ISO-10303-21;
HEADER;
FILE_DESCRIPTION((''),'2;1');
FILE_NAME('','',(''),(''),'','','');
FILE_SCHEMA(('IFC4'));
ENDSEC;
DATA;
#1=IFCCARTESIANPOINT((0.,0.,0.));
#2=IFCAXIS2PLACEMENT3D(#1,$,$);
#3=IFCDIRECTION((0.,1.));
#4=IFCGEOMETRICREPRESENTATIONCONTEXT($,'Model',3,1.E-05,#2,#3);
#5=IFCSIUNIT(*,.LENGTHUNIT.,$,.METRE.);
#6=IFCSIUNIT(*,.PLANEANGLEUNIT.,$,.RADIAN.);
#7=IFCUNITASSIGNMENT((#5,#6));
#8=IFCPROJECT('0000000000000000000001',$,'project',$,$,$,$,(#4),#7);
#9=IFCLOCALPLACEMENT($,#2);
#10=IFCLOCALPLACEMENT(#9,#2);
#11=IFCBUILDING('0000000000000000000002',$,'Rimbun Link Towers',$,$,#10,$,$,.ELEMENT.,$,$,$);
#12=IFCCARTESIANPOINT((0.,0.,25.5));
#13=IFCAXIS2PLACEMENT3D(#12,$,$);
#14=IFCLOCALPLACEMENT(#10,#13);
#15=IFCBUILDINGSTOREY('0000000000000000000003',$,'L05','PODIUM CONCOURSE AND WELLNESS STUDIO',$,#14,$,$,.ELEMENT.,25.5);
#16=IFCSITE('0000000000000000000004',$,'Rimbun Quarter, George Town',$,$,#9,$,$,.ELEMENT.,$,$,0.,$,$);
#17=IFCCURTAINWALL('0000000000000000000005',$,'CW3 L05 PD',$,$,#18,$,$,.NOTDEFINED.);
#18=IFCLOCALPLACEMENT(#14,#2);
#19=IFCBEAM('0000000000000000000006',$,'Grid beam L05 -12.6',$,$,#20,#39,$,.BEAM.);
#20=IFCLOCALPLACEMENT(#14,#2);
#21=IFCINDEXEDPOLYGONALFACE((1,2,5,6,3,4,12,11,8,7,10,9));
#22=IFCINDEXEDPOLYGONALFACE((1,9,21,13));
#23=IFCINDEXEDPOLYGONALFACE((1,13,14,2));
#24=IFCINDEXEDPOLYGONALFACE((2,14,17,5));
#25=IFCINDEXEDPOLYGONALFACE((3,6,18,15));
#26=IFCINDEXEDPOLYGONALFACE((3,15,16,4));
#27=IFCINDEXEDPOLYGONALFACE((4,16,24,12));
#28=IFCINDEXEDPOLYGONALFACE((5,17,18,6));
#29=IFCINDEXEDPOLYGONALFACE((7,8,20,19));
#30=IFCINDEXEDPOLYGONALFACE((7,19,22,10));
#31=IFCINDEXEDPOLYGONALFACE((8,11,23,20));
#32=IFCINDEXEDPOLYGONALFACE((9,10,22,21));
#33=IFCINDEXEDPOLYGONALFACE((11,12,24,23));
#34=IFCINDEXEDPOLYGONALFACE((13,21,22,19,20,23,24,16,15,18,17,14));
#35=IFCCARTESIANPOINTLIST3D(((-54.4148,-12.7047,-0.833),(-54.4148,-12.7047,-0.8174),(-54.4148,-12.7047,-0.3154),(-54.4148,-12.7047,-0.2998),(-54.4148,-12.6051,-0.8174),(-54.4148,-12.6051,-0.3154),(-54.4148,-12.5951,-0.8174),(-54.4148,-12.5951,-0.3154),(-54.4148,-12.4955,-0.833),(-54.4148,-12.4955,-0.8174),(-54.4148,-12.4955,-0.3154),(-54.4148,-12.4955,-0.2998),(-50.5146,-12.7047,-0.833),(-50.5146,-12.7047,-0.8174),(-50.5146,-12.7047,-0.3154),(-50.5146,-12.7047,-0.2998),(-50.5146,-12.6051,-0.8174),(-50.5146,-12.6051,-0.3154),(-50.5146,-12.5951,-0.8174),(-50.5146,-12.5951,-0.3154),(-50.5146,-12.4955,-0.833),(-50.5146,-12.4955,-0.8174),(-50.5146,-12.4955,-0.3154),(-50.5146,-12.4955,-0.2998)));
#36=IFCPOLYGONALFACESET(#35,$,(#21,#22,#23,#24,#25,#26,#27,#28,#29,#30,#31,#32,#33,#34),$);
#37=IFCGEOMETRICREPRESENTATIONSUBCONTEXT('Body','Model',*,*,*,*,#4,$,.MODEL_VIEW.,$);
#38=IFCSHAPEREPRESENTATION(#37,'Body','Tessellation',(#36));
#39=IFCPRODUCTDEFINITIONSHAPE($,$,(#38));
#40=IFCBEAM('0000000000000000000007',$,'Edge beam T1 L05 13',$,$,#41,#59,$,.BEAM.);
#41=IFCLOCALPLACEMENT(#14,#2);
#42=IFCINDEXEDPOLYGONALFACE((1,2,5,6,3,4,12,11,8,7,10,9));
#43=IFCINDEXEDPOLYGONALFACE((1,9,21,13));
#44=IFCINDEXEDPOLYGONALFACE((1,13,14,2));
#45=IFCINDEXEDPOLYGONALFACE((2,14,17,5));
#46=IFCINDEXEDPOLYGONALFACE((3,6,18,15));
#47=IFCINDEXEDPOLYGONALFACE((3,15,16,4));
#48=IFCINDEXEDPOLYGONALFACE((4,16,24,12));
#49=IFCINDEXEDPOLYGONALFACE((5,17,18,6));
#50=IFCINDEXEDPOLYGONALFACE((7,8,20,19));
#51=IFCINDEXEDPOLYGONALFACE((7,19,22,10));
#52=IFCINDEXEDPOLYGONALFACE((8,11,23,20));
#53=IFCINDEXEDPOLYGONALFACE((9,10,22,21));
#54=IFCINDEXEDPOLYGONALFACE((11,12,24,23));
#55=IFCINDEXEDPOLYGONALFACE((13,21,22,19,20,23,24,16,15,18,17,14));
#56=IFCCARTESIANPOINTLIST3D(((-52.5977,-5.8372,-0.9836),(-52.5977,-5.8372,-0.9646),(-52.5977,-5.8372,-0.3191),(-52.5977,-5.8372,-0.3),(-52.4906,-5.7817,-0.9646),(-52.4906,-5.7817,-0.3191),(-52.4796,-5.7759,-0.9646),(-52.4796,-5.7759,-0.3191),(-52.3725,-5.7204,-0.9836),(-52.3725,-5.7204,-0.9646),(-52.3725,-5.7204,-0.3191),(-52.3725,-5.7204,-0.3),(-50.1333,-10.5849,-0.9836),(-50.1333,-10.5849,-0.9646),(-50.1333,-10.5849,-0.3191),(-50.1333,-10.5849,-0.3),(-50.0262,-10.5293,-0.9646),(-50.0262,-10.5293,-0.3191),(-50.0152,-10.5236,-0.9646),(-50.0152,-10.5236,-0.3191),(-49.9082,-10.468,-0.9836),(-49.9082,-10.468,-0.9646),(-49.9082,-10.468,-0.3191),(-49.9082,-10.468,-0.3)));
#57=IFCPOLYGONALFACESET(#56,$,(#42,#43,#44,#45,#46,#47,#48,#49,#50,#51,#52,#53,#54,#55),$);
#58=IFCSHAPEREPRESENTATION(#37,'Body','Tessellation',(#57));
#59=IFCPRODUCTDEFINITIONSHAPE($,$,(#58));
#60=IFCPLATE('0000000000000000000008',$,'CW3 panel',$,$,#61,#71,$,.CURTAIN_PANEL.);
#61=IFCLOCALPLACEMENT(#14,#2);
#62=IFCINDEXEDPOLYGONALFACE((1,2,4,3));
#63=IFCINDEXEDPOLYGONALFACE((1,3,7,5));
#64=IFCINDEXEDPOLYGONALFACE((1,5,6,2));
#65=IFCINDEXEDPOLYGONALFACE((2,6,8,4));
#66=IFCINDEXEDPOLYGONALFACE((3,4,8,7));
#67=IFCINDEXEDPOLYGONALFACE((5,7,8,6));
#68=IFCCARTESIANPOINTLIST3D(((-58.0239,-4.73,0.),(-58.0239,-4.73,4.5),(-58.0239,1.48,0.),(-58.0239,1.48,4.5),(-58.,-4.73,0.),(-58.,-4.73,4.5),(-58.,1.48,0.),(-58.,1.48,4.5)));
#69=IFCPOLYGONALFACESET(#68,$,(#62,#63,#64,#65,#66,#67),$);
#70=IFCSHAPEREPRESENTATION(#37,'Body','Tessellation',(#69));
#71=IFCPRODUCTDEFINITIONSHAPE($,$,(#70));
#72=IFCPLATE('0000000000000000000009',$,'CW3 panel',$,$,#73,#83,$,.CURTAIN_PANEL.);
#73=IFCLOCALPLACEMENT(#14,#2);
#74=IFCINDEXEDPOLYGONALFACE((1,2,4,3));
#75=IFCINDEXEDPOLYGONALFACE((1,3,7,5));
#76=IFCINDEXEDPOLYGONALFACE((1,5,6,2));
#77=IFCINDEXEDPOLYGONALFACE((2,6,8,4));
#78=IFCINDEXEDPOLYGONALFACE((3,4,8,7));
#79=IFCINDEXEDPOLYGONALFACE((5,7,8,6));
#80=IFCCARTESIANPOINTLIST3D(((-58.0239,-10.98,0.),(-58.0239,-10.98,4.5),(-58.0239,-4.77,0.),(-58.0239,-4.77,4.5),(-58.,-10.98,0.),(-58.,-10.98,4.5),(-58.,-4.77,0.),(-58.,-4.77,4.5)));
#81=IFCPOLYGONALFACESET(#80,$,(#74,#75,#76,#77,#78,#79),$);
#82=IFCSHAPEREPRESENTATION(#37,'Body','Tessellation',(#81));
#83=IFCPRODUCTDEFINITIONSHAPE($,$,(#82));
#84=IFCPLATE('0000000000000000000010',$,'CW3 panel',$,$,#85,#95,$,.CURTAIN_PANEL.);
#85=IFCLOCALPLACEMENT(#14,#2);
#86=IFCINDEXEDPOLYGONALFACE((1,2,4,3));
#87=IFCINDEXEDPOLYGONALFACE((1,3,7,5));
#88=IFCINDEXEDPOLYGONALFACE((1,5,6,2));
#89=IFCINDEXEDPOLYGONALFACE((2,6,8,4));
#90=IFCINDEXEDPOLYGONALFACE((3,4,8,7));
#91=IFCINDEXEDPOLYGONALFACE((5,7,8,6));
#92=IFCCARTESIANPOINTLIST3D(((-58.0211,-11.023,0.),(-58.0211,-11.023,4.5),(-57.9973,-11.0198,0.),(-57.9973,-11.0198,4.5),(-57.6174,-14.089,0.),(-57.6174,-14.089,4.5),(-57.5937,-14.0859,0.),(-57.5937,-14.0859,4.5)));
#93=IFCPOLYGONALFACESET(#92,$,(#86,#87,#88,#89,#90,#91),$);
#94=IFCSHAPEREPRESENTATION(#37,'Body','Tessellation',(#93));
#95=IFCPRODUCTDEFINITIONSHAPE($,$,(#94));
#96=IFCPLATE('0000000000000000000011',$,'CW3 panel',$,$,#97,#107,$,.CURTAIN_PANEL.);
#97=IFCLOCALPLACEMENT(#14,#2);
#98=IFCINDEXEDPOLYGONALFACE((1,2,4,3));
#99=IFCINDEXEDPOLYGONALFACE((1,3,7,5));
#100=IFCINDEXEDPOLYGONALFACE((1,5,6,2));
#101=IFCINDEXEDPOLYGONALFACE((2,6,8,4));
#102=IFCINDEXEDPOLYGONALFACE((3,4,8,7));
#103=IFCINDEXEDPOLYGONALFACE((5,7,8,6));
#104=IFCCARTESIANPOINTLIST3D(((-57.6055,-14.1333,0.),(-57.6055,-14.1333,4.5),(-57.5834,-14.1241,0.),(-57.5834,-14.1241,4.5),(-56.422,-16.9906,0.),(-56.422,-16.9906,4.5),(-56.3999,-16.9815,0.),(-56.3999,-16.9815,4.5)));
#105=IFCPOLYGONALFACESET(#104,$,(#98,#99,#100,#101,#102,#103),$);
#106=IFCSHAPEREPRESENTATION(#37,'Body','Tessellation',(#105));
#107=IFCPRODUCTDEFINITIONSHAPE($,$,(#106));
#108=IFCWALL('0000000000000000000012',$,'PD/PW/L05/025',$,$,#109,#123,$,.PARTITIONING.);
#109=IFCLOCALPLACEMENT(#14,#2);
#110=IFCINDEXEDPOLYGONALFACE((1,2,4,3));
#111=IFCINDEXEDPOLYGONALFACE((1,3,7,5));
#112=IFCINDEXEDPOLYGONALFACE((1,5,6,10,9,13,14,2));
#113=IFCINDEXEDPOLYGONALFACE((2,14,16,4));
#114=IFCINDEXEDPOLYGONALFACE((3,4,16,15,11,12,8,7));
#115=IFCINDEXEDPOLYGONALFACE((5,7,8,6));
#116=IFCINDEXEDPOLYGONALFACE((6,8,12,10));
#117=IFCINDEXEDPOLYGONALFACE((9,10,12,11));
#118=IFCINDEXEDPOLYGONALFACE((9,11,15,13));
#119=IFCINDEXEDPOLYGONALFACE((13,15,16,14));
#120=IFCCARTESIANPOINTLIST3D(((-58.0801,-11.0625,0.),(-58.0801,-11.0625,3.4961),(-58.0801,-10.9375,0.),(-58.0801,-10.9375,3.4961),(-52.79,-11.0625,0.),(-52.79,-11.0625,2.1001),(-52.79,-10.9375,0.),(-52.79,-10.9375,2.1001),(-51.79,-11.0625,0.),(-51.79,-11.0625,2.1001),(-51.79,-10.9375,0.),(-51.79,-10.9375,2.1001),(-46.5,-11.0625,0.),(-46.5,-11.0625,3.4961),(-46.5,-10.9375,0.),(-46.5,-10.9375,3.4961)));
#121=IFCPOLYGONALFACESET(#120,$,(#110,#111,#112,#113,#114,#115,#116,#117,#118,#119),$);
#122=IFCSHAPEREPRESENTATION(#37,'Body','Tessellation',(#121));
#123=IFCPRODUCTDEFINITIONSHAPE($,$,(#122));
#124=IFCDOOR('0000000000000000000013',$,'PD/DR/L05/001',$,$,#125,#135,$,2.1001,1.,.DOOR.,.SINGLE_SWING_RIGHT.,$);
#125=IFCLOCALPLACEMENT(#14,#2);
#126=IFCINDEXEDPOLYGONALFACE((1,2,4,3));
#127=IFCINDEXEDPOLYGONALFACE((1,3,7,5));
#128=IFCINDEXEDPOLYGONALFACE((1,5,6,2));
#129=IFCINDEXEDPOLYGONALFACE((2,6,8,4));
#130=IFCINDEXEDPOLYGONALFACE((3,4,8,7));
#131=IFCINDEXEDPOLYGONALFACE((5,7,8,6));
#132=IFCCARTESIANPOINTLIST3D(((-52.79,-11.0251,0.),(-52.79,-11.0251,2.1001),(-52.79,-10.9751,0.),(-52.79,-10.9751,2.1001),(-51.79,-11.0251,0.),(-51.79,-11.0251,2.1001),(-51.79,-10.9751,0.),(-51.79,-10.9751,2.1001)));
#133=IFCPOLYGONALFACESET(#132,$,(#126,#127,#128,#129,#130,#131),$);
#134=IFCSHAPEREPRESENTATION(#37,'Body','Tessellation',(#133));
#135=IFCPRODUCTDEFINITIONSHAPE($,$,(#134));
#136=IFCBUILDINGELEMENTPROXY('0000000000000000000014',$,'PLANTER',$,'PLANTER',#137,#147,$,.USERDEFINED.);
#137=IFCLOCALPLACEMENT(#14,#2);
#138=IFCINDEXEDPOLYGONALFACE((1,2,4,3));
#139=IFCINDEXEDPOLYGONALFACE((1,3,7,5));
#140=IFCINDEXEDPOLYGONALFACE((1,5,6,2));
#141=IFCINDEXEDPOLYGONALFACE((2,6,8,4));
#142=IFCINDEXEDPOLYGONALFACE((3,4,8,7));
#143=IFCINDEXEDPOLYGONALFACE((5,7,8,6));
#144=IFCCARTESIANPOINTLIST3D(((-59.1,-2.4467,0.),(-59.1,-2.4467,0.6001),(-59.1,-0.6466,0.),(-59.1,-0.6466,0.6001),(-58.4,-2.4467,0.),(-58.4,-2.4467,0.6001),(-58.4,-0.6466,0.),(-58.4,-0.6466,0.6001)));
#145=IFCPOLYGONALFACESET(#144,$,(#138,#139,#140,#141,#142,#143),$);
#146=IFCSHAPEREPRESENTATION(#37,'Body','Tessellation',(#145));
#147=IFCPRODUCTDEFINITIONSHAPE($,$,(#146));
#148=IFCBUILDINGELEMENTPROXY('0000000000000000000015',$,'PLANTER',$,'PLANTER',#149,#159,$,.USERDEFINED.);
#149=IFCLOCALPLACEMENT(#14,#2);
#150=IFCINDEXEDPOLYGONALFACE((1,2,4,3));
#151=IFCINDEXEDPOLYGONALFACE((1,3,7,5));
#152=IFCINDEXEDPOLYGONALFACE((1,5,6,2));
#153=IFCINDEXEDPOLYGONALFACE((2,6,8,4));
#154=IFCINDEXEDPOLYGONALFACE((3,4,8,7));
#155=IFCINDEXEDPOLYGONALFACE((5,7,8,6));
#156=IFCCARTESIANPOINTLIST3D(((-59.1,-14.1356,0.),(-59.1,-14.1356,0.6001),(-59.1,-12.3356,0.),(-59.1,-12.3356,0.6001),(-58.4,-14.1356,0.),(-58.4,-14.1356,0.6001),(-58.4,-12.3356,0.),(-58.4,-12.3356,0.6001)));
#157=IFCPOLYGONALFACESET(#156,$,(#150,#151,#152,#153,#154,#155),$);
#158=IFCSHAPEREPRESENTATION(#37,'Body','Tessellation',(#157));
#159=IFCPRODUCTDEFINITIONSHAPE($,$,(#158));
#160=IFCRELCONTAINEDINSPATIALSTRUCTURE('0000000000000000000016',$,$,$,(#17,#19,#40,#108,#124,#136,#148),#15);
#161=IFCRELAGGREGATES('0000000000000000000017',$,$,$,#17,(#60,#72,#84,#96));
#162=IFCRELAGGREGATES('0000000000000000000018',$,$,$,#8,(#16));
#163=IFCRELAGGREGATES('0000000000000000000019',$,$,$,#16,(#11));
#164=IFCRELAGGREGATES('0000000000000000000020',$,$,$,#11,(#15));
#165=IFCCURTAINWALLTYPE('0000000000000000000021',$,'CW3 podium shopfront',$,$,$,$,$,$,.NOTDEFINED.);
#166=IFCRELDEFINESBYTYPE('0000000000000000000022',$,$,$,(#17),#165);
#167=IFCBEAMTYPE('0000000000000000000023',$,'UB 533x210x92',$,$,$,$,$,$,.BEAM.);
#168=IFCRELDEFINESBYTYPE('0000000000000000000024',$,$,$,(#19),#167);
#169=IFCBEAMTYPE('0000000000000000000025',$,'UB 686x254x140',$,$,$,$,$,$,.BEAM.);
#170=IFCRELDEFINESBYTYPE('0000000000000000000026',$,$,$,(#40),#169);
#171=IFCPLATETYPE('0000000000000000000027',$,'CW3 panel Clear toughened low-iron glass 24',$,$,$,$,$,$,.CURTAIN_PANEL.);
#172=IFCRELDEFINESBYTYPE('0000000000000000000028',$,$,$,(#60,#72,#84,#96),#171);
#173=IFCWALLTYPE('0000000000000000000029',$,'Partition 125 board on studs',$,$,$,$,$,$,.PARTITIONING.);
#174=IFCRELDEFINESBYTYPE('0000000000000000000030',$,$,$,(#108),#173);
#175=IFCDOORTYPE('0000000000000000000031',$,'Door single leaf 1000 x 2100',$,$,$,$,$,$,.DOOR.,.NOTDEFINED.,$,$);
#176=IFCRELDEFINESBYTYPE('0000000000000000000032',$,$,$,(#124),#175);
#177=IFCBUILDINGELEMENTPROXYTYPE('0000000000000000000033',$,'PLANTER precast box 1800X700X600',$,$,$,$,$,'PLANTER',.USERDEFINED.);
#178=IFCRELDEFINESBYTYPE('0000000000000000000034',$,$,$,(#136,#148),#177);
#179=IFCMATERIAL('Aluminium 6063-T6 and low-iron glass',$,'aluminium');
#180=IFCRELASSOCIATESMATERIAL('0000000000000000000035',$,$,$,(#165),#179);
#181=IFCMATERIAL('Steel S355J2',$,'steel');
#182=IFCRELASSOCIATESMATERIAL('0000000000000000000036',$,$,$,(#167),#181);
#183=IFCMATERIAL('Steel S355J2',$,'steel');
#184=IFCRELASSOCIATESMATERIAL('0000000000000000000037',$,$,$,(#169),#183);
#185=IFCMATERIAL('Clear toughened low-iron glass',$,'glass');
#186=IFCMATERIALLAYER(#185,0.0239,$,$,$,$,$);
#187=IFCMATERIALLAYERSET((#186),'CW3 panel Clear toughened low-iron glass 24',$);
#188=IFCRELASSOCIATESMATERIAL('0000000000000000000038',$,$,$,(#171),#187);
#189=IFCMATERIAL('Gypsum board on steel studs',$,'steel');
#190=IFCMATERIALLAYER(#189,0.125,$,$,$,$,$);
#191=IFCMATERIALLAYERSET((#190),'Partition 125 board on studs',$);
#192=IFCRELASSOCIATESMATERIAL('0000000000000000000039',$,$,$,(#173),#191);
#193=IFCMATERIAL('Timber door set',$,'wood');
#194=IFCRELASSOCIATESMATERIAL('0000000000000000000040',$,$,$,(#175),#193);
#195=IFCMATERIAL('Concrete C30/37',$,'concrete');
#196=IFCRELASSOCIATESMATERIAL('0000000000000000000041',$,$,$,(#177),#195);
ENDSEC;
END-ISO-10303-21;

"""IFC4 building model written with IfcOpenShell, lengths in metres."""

from ifc_helpers import new_model, si_unit, direction, frame, frame_2d, origin, origin_2d, place, context, subcontext, project, spatial, rectangle, i_section, extrude, material, layer, layer_set, material_profile, profile_set, type_object, element, fill, aggregate, save


model = new_model("IFC4")

# Units and contexts
model_context = context("Model", 3, precision=1e-05, world=origin(), true_north=direction((0.0, 1.0)))
body_context = subcontext(model_context, "Body", "Model", "MODEL_VIEW")
ifc_project = project(units=[si_unit("LENGTHUNIT", "METRE"), si_unit("PLANEANGLEUNIT", "RADIAN")], contexts=[model_context])

# Site, building, storey
site_placement = place(None, origin())
site = spatial("IfcSite", under=ifc_project, at=site_placement, Name="Rimbun Quarter, George Town", CompositionType="ELEMENT", RefElevation=0.0)
building_placement = place(site_placement, origin())
building = spatial("IfcBuilding", under=site, at=building_placement, Name="Rimbun Link Towers", CompositionType="ELEMENT")
storey_placement = place(building_placement, frame((0.0, 0.0, 25.5)))
storey = spatial("IfcBuildingStorey", under=building, at=storey_placement, Name="L05", Description="PODIUM CONCOURSE AND WELLNESS STUDIO", CompositionType="ELEMENT", Elevation=25.5)

# Curtain wall
ifc_material_1 = material(Name="Aluminium 6063-T6 and low-iron glass", Category="aluminium")
curtain_wall_type = type_object("IfcCurtainWallType", Name="CW3 podium shopfront", PredefinedType="NOTDEFINED", material=ifc_material_1)
curtain_wall_placement = place(storey_placement, origin())
curtain_wall = element("IfcCurtainWall", 1, at=curtain_wall_placement, inside=storey, type_object=curtain_wall_type, Name="CW3 L05 PD", PredefinedType="NOTDEFINED")

# Beams
ifc_material_2 = material(Name="Steel S355J2", Category="steel")
ifc_material_profile_1 = material_profile(ifc_material_2, i_section(OverallWidth=0.2092, OverallDepth=0.5332, WebThickness=0.01, FlangeThickness=0.0156, at=origin_2d()), Name="UB 533x210x92")
ifc_profile_set_1 = profile_set([ifc_material_profile_1], Name="Steel S355J2")
beam_type_1 = type_object("IfcBeamType", Name="UB 533x210x92", PredefinedType="BEAM", material=ifc_profile_set_1)
beam_1_placement = place(storey_placement, frame((-54.4148, -12.6001, -0.5664), z_axis=(1.0, 0.0, 0.0), x_axis=(0.0, 1.0, 0.0)))
element("IfcBeam", 2, at=beam_1_placement, inside=storey, type_object=beam_type_1, Name="Grid beam L05 -12.6", PredefinedType="BEAM", context=body_context, shape_type="SweptSolid", body=[
    extrude(i_section(OverallWidth=0.2092, OverallDepth=0.5332, WebThickness=0.01, FlangeThickness=0.0156, at=origin_2d()), origin(), (0.0, 0.0, 1.0), 3.9001),
])
ifc_material_3 = material(Name="Steel S355J2", Category="steel")
ifc_material_profile_2 = material_profile(ifc_material_3, i_section(OverallWidth=0.2537, OverallDepth=0.6836, WebThickness=0.0125, FlangeThickness=0.019, at=origin_2d()), Name="UB 686x254x140")
ifc_profile_set_2 = profile_set([ifc_material_profile_2], Name="Steel S355J2")
beam_type_2 = type_object("IfcBeamType", Name="UB 686x254x140", PredefinedType="BEAM", material=ifc_profile_set_2)
beam_2_placement = place(storey_placement, frame((-52.4851, -5.7788, -0.6418), z_axis=(0.460709, -0.887551, 0.0), x_axis=(0.887551, 0.460709, 0.0)))
element("IfcBeam", 3, at=beam_2_placement, inside=storey, type_object=beam_type_2, Name="Edge beam T1 L05 13", PredefinedType="BEAM", context=body_context, shape_type="SweptSolid", body=[
    extrude(i_section(OverallWidth=0.2537, OverallDepth=0.6836, WebThickness=0.0125, FlangeThickness=0.019, at=origin_2d()), origin(), (0.0, 0.0, 1.0), 5.3491),
])

# Plates
ifc_material_4 = material(Name="Clear toughened low-iron glass", Category="glass")
ifc_layer_1 = layer(ifc_material_4, 0.0239)
ifc_layer_set_1 = layer_set([ifc_layer_1], Name="CW3 panel Clear toughened low-iron glass 24")
plate_type = type_object("IfcPlateType", Name="CW3 panel Clear toughened low-iron glass 24", PredefinedType="CURTAIN_PANEL", material=ifc_layer_set_1)
plate_1_placement = place(storey_placement, frame((-58.012, -1.625, 0.0), z_axis=(0.0, 0.0, 1.0), x_axis=(0.0, 1.0, 0.0)))
plate_1 = element("IfcPlate", 4, at=plate_1_placement, type_object=plate_type, Name="CW3 panel", PredefinedType="CURTAIN_PANEL", context=body_context, shape_type="SweptSolid", body=[
    extrude(rectangle(XDim=6.21, YDim=0.0239, at=origin_2d()), origin(), (0.0, 0.0, 1.0), 4.5),
])
plate_2_placement = place(storey_placement, frame((-58.012, -7.875, 0.0), z_axis=(0.0, 0.0, 1.0), x_axis=(0.0, 1.0, 0.0)))
plate_2 = element("IfcPlate", 5, at=plate_2_placement, type_object=plate_type, Name="CW3 panel", PredefinedType="CURTAIN_PANEL", context=body_context, shape_type="SweptSolid", body=[
    extrude(rectangle(XDim=6.21, YDim=0.0239, at=origin_2d()), origin(), (0.0, 0.0, 1.0), 4.5),
])
plate_3_placement = place(storey_placement, frame((-57.8074, -12.5544, 0.0), z_axis=(0.0, 0.0, 1.0), x_axis=(-0.13053, 0.991444, 0.0)))
plate_3 = element("IfcPlate", 6, at=plate_3_placement, type_object=plate_type, Name="CW3 panel", PredefinedType="CURTAIN_PANEL", context=body_context, shape_type="SweptSolid", body=[
    extrude(rectangle(XDim=3.0925, YDim=0.0239, at=origin_2d()), origin(), (0.0, 0.0, 1.0), 4.5),
])
plate_4_placement = place(storey_placement, frame((-57.0027, -15.5574, 0.0), z_axis=(0.0, 0.0, 1.0), x_axis=(-0.382679, 0.923881, 0.0)))
plate_4 = element("IfcPlate", 7, at=plate_4_placement, type_object=plate_type, Name="CW3 panel", PredefinedType="CURTAIN_PANEL", context=body_context, shape_type="SweptSolid", body=[
    extrude(rectangle(XDim=3.0928, YDim=0.0239, at=origin_2d()), origin(), (0.0, 0.0, 1.0), 4.5),
])
aggregate(curtain_wall, [plate_1, plate_2, plate_3, plate_4])

# Wall, opening, door
ifc_material_5 = material(Name="Gypsum board on steel studs", Category="steel")
ifc_layer_2 = layer(ifc_material_5, 0.125)
ifc_layer_set_2 = layer_set([ifc_layer_2], Name="Partition 125 board on studs")
wall_type = type_object("IfcWallType", Name="Partition 125 board on studs", PredefinedType="PARTITIONING", material=ifc_layer_set_2)
wall_placement = place(storey_placement, frame((-58.0801, -11.0, 0.0), z_axis=(0.0, 0.0, 1.0), x_axis=(1.0, 0.0, 0.0)))
wall = element("IfcWall", 8, at=wall_placement, inside=storey, type_object=wall_type, Name="PD/PW/L05/025", PredefinedType="PARTITIONING", context=body_context, shape_type="SweptSolid", body=[
    extrude(rectangle(XDim=11.5801, YDim=0.125, at=frame_2d((5.79, 0.0))), origin(), (0.0, 0.0, 1.0), 3.4961),
])
opening_placement = place(wall_placement, frame((5.29, 0.0, 0.0)))
opening = element("IfcOpeningElement", 9, at=opening_placement, cuts=wall, PredefinedType="OPENING", context=body_context, shape_type="SweptSolid", body=[
    extrude(rectangle(XDim=1.0, YDim=2.1001, at=frame_2d((0.5, 1.05))), frame((0.0, 0.0725, 0.0), z_axis=(0.0, -1.0, 0.0), x_axis=(1.0, 0.0, 0.0)), (0.0, 0.0, 1.0), 0.145),
])
ifc_material_6 = material(Name="Timber door set", Category="wood")
door_type = type_object("IfcDoorType", Name="Door single leaf 1000 x 2100", OperationType="NOTDEFINED", PredefinedType="DOOR", material=ifc_material_6)
door_placement = place(opening_placement, origin())
door = element("IfcDoor", 10, at=door_placement, inside=storey, type_object=door_type, Name="PD/DR/L05/001", OperationType="SINGLE_SWING_RIGHT", OverallHeight=2.1001, OverallWidth=1.0, PredefinedType="DOOR", context=body_context, shape_type="SweptSolid", body=[
    extrude(rectangle(XDim=1.0, YDim=2.1001, at=frame_2d((0.5, 1.05))), frame((0.0, 0.0249, 0.0), z_axis=(0.0, -1.0, 0.0), x_axis=(1.0, 0.0, 0.0)), (0.0, 0.0, 1.0), 0.05),
])
fill(opening, door)

# Building element proxies
ifc_material_7 = material(Name="Concrete C30/37", Category="concrete")
building_element_proxy_type = type_object("IfcBuildingElementProxyType", Name="PLANTER precast box 1800X700X600", ElementType="PLANTER", PredefinedType="USERDEFINED", material=ifc_material_7)
for number, where, z_axis, x_axis, name in (
    (11, (-58.75, -1.5466, 0.0), (0.0, 0.0, 1.0), (0.0, -1.0, 0.0), "PLANTER"),
    (12, (-58.75, -13.2356, 0.0), (0.0, 0.0, 1.0), (0.0, -1.0, 0.0), "PLANTER"),
):
    element("IfcBuildingElementProxy", number, at=place(storey_placement, frame(where, z_axis=z_axis, x_axis=x_axis)), inside=storey, type_object=building_element_proxy_type, Name=name, ObjectType="PLANTER", PredefinedType="USERDEFINED", context=body_context, shape_type="SweptSolid", body=[
        extrude(rectangle(XDim=1.8, YDim=0.7, at=origin_2d()), origin(), (0.0, 0.0, 1.0), 0.6001),
    ])

save(model, "model.ifc")
